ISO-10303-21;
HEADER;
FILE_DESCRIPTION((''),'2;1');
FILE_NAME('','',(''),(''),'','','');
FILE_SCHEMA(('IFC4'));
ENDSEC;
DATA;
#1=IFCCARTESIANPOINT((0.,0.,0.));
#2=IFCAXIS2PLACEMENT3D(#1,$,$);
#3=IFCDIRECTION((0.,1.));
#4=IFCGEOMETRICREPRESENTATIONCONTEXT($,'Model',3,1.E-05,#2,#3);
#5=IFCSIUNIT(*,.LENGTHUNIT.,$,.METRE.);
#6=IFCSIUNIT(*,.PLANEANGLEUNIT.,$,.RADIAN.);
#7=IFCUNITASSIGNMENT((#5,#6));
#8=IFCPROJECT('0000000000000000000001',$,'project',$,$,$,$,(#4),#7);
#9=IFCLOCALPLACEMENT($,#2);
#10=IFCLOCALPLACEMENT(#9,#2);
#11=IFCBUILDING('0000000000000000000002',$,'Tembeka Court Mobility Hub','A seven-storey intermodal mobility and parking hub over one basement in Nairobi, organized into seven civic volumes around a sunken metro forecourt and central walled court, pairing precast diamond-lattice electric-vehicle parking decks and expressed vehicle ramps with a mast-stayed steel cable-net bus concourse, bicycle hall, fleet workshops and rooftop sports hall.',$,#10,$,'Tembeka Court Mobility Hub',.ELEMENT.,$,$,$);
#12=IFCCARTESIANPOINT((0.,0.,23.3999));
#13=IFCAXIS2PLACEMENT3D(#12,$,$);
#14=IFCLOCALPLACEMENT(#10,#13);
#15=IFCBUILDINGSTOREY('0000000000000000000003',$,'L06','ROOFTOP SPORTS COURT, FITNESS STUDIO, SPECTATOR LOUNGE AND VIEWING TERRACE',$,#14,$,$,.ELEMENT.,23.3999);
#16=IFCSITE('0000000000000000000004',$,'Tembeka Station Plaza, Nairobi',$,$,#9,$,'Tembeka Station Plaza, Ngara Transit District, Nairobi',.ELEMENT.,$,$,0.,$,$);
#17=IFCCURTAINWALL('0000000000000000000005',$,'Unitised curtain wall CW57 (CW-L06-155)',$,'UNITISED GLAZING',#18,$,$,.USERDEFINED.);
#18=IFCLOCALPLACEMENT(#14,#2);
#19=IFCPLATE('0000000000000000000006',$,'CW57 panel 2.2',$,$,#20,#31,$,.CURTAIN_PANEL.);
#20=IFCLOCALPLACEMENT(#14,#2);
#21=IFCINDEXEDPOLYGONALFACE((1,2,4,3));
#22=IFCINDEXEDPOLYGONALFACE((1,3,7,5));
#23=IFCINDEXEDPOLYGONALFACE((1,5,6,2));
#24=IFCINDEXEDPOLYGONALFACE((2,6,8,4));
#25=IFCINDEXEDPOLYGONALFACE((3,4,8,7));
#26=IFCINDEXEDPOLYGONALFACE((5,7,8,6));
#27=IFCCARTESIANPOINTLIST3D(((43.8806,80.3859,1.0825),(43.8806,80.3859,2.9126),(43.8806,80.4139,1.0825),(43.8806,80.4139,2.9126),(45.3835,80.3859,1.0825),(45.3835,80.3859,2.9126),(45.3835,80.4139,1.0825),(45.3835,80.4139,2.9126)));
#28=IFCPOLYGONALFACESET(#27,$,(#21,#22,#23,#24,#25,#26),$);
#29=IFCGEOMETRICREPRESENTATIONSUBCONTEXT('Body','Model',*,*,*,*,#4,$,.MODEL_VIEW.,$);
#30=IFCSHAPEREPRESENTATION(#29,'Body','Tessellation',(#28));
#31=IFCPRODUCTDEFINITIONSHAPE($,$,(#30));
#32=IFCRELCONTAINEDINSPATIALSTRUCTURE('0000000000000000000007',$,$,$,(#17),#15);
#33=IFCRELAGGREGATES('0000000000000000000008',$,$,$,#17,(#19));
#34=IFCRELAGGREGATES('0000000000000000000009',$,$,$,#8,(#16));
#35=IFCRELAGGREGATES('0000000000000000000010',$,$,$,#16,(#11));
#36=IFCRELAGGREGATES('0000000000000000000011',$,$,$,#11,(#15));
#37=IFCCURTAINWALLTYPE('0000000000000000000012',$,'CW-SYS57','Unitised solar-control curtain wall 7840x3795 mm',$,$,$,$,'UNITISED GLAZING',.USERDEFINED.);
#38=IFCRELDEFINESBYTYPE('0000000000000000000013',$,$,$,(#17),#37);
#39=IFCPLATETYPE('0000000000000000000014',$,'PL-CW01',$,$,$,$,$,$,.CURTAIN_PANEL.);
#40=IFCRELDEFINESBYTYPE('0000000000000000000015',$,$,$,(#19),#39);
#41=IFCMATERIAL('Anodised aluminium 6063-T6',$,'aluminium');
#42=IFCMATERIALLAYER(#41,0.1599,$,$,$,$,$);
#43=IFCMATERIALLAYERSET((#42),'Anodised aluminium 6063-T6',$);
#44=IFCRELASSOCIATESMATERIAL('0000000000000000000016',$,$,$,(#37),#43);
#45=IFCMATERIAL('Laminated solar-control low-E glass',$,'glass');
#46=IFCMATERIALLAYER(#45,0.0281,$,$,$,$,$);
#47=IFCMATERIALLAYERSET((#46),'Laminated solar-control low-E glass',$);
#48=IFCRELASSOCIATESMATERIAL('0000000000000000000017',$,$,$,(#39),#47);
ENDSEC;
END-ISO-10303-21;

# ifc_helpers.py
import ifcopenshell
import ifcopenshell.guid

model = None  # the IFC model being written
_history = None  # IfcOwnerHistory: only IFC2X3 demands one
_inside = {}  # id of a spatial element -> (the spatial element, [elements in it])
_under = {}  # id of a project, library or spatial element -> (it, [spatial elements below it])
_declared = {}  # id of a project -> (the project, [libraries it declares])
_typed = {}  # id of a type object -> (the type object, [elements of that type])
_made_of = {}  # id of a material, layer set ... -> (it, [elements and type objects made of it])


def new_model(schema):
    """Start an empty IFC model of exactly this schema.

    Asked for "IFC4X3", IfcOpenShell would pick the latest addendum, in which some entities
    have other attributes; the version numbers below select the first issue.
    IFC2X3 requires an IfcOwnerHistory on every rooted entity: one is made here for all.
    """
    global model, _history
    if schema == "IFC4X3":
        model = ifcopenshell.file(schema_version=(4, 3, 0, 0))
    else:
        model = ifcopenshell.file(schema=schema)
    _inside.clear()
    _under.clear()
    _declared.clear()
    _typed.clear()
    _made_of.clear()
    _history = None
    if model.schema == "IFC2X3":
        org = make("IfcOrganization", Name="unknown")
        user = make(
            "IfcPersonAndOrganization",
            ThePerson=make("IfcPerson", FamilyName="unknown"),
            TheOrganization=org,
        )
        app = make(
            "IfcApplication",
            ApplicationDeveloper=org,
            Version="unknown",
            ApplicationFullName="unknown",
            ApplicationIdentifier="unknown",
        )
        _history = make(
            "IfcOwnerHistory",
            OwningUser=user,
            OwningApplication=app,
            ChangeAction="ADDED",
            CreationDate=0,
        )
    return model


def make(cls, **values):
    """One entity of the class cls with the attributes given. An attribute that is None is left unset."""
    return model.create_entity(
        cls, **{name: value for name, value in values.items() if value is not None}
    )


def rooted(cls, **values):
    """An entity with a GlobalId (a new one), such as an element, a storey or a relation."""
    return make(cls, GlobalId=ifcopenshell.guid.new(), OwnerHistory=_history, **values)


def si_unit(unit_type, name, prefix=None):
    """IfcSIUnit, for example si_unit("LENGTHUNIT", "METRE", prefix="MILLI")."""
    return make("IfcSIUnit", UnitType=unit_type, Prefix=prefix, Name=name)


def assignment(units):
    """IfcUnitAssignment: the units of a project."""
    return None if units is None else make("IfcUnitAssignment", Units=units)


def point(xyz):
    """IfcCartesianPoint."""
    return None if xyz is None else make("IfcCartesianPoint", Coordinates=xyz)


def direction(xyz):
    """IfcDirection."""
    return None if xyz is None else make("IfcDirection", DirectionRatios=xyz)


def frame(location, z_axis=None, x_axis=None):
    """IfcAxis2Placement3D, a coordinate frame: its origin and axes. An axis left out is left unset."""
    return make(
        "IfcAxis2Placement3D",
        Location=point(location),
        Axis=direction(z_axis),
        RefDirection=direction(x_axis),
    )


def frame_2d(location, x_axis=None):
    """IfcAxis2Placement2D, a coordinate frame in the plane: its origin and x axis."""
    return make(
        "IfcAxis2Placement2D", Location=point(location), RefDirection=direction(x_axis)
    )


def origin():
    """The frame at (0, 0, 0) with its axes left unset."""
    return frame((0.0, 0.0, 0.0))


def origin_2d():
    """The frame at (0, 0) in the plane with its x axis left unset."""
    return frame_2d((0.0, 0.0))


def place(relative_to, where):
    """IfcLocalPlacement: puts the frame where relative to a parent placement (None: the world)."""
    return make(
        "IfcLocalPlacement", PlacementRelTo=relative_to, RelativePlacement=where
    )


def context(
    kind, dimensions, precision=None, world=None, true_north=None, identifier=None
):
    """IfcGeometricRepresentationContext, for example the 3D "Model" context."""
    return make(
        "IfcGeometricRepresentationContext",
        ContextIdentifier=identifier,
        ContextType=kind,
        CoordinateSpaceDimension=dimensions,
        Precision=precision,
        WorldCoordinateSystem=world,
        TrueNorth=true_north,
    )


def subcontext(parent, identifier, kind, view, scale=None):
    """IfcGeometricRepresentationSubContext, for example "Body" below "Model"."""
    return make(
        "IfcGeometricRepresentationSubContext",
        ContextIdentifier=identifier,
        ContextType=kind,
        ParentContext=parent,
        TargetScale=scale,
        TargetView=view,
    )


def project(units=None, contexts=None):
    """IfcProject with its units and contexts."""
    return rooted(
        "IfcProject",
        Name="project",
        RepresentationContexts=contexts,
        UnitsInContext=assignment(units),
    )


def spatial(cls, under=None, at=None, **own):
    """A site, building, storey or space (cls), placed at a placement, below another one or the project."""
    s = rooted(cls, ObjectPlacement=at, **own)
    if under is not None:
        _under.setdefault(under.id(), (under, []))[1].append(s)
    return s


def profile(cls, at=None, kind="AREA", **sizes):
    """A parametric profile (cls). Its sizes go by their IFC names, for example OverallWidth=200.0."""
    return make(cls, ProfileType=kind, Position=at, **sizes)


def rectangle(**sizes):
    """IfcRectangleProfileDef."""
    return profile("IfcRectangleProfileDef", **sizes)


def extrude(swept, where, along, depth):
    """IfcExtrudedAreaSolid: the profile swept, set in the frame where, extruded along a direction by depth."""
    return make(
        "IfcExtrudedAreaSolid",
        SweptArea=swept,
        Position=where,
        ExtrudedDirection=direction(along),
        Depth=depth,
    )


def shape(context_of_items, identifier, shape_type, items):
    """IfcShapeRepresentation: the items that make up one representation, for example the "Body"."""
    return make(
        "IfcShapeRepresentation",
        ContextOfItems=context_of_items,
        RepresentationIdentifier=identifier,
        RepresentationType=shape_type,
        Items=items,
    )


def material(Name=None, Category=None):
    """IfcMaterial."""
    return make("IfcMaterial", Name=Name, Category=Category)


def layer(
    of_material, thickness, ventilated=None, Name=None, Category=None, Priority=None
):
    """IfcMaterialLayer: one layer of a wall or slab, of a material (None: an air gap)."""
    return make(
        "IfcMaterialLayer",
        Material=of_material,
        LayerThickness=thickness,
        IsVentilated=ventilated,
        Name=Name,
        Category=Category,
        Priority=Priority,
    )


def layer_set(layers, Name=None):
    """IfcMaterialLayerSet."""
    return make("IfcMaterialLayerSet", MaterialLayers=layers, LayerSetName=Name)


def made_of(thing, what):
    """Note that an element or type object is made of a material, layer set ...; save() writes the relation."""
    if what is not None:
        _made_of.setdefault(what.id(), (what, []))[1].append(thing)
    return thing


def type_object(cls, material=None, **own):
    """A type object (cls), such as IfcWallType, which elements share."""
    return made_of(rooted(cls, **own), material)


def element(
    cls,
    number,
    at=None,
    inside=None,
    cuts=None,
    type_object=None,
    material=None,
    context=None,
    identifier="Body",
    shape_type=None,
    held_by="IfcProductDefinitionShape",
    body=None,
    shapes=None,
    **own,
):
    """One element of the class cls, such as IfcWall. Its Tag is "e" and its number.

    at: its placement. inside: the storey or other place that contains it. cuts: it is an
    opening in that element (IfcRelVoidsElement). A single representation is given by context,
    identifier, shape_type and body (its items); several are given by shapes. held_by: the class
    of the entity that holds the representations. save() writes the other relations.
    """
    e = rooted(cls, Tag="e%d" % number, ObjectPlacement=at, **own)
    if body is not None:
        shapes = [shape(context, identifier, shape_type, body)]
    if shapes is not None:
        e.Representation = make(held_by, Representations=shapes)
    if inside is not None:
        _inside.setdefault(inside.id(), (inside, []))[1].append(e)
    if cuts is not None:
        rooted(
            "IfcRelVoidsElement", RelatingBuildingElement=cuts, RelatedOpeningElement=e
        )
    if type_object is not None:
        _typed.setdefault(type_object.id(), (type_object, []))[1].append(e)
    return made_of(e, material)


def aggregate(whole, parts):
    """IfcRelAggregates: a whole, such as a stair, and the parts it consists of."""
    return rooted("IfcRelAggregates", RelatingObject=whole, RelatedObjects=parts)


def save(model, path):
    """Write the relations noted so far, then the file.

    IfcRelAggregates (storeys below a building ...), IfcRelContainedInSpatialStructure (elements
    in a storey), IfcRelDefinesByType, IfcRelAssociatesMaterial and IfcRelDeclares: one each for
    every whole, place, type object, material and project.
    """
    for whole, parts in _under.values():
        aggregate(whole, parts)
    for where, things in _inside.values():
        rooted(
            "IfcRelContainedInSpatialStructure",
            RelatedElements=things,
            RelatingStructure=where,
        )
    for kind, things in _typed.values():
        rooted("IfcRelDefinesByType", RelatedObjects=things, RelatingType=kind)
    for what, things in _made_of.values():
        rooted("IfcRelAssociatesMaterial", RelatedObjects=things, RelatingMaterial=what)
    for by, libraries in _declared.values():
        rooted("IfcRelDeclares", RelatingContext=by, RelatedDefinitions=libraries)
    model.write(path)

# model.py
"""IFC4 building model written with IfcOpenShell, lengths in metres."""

from ifc_helpers import new_model, si_unit, direction, frame, origin, origin_2d, place, context, subcontext, project, spatial, rectangle, extrude, material, layer, layer_set, type_object, element, aggregate, save


model = new_model("IFC4")

# Units and contexts
model_context = context("Model", 3, precision=1e-05, world=origin(), true_north=direction((0.0, 1.0)))
body_context = subcontext(model_context, "Body", "Model", "MODEL_VIEW")
ifc_project = project(units=[si_unit("LENGTHUNIT", "METRE"), si_unit("PLANEANGLEUNIT", "RADIAN")], contexts=[model_context])

# Site, building, storey
site_placement = place(None, origin())
site = spatial("IfcSite", under=ifc_project, at=site_placement, Name="Tembeka Station Plaza, Nairobi", LongName="Tembeka Station Plaza, Ngara Transit District, Nairobi", CompositionType="ELEMENT", RefElevation=0.0)
building_placement = place(site_placement, origin())
building = spatial("IfcBuilding", under=site, at=building_placement, Name="Tembeka Court Mobility Hub", Description="A seven-storey intermodal mobility and parking hub over one basement in Nairobi, organized into seven civic volumes around a sunken metro forecourt and central walled court, pairing precast diamond-lattice electric-vehicle parking decks and expressed vehicle ramps with a mast-stayed steel cable-net bus concourse, bicycle hall, fleet workshops and rooftop sports hall.", LongName="Tembeka Court Mobility Hub", CompositionType="ELEMENT")
storey_placement = place(building_placement, frame((0.0, 0.0, 23.3999)))
storey = spatial("IfcBuildingStorey", under=building, at=storey_placement, Name="L06", Description="ROOFTOP SPORTS COURT, FITNESS STUDIO, SPECTATOR LOUNGE AND VIEWING TERRACE", CompositionType="ELEMENT", Elevation=23.3999)

# Curtain wall
ifc_material_1 = material(Name="Anodised aluminium 6063-T6", Category="aluminium")
ifc_layer_1 = layer(ifc_material_1, 0.1599)
ifc_layer_set_1 = layer_set([ifc_layer_1], Name="Anodised aluminium 6063-T6")
curtain_wall_type = type_object("IfcCurtainWallType", Name="CW-SYS57", Description="Unitised solar-control curtain wall 7840x3795 mm", ElementType="UNITISED GLAZING", PredefinedType="USERDEFINED", material=ifc_layer_set_1)
curtain_wall_1_placement = place(storey_placement, origin())
curtain_wall_1 = element("IfcCurtainWall", 1, at=curtain_wall_1_placement, inside=storey, type_object=curtain_wall_type, Name="Unitised curtain wall CW57 (CW-L06-155)", ObjectType="UNITISED GLAZING", PredefinedType="USERDEFINED")

# Plate
ifc_material_2 = material(Name="Laminated solar-control low-E glass", Category="glass")
ifc_layer_2 = layer(ifc_material_2, 0.0281)
ifc_layer_set_2 = layer_set([ifc_layer_2], Name="Laminated solar-control low-E glass")
plate_type = type_object("IfcPlateType", Name="PL-CW01", PredefinedType="CURTAIN_PANEL", material=ifc_layer_set_2)
plate_1_placement = place(storey_placement, frame((44.6321, 80.3999, 1.0825), z_axis=(0.0, 0.0, 1.0), x_axis=(1.0, 0.0, 0.0)))
plate_1 = element("IfcPlate", 2, at=plate_1_placement, type_object=plate_type, Name="CW57 panel 2.2", PredefinedType="CURTAIN_PANEL", context=body_context, shape_type="SweptSolid", body=[
    extrude(rectangle(XDim=1.5029, YDim=0.0281, at=origin_2d()), origin(), (0.0, 0.0, 1.0), 1.8301),
])
aggregate(curtain_wall_1, [plate_1])

save(model, "model.ifc")
